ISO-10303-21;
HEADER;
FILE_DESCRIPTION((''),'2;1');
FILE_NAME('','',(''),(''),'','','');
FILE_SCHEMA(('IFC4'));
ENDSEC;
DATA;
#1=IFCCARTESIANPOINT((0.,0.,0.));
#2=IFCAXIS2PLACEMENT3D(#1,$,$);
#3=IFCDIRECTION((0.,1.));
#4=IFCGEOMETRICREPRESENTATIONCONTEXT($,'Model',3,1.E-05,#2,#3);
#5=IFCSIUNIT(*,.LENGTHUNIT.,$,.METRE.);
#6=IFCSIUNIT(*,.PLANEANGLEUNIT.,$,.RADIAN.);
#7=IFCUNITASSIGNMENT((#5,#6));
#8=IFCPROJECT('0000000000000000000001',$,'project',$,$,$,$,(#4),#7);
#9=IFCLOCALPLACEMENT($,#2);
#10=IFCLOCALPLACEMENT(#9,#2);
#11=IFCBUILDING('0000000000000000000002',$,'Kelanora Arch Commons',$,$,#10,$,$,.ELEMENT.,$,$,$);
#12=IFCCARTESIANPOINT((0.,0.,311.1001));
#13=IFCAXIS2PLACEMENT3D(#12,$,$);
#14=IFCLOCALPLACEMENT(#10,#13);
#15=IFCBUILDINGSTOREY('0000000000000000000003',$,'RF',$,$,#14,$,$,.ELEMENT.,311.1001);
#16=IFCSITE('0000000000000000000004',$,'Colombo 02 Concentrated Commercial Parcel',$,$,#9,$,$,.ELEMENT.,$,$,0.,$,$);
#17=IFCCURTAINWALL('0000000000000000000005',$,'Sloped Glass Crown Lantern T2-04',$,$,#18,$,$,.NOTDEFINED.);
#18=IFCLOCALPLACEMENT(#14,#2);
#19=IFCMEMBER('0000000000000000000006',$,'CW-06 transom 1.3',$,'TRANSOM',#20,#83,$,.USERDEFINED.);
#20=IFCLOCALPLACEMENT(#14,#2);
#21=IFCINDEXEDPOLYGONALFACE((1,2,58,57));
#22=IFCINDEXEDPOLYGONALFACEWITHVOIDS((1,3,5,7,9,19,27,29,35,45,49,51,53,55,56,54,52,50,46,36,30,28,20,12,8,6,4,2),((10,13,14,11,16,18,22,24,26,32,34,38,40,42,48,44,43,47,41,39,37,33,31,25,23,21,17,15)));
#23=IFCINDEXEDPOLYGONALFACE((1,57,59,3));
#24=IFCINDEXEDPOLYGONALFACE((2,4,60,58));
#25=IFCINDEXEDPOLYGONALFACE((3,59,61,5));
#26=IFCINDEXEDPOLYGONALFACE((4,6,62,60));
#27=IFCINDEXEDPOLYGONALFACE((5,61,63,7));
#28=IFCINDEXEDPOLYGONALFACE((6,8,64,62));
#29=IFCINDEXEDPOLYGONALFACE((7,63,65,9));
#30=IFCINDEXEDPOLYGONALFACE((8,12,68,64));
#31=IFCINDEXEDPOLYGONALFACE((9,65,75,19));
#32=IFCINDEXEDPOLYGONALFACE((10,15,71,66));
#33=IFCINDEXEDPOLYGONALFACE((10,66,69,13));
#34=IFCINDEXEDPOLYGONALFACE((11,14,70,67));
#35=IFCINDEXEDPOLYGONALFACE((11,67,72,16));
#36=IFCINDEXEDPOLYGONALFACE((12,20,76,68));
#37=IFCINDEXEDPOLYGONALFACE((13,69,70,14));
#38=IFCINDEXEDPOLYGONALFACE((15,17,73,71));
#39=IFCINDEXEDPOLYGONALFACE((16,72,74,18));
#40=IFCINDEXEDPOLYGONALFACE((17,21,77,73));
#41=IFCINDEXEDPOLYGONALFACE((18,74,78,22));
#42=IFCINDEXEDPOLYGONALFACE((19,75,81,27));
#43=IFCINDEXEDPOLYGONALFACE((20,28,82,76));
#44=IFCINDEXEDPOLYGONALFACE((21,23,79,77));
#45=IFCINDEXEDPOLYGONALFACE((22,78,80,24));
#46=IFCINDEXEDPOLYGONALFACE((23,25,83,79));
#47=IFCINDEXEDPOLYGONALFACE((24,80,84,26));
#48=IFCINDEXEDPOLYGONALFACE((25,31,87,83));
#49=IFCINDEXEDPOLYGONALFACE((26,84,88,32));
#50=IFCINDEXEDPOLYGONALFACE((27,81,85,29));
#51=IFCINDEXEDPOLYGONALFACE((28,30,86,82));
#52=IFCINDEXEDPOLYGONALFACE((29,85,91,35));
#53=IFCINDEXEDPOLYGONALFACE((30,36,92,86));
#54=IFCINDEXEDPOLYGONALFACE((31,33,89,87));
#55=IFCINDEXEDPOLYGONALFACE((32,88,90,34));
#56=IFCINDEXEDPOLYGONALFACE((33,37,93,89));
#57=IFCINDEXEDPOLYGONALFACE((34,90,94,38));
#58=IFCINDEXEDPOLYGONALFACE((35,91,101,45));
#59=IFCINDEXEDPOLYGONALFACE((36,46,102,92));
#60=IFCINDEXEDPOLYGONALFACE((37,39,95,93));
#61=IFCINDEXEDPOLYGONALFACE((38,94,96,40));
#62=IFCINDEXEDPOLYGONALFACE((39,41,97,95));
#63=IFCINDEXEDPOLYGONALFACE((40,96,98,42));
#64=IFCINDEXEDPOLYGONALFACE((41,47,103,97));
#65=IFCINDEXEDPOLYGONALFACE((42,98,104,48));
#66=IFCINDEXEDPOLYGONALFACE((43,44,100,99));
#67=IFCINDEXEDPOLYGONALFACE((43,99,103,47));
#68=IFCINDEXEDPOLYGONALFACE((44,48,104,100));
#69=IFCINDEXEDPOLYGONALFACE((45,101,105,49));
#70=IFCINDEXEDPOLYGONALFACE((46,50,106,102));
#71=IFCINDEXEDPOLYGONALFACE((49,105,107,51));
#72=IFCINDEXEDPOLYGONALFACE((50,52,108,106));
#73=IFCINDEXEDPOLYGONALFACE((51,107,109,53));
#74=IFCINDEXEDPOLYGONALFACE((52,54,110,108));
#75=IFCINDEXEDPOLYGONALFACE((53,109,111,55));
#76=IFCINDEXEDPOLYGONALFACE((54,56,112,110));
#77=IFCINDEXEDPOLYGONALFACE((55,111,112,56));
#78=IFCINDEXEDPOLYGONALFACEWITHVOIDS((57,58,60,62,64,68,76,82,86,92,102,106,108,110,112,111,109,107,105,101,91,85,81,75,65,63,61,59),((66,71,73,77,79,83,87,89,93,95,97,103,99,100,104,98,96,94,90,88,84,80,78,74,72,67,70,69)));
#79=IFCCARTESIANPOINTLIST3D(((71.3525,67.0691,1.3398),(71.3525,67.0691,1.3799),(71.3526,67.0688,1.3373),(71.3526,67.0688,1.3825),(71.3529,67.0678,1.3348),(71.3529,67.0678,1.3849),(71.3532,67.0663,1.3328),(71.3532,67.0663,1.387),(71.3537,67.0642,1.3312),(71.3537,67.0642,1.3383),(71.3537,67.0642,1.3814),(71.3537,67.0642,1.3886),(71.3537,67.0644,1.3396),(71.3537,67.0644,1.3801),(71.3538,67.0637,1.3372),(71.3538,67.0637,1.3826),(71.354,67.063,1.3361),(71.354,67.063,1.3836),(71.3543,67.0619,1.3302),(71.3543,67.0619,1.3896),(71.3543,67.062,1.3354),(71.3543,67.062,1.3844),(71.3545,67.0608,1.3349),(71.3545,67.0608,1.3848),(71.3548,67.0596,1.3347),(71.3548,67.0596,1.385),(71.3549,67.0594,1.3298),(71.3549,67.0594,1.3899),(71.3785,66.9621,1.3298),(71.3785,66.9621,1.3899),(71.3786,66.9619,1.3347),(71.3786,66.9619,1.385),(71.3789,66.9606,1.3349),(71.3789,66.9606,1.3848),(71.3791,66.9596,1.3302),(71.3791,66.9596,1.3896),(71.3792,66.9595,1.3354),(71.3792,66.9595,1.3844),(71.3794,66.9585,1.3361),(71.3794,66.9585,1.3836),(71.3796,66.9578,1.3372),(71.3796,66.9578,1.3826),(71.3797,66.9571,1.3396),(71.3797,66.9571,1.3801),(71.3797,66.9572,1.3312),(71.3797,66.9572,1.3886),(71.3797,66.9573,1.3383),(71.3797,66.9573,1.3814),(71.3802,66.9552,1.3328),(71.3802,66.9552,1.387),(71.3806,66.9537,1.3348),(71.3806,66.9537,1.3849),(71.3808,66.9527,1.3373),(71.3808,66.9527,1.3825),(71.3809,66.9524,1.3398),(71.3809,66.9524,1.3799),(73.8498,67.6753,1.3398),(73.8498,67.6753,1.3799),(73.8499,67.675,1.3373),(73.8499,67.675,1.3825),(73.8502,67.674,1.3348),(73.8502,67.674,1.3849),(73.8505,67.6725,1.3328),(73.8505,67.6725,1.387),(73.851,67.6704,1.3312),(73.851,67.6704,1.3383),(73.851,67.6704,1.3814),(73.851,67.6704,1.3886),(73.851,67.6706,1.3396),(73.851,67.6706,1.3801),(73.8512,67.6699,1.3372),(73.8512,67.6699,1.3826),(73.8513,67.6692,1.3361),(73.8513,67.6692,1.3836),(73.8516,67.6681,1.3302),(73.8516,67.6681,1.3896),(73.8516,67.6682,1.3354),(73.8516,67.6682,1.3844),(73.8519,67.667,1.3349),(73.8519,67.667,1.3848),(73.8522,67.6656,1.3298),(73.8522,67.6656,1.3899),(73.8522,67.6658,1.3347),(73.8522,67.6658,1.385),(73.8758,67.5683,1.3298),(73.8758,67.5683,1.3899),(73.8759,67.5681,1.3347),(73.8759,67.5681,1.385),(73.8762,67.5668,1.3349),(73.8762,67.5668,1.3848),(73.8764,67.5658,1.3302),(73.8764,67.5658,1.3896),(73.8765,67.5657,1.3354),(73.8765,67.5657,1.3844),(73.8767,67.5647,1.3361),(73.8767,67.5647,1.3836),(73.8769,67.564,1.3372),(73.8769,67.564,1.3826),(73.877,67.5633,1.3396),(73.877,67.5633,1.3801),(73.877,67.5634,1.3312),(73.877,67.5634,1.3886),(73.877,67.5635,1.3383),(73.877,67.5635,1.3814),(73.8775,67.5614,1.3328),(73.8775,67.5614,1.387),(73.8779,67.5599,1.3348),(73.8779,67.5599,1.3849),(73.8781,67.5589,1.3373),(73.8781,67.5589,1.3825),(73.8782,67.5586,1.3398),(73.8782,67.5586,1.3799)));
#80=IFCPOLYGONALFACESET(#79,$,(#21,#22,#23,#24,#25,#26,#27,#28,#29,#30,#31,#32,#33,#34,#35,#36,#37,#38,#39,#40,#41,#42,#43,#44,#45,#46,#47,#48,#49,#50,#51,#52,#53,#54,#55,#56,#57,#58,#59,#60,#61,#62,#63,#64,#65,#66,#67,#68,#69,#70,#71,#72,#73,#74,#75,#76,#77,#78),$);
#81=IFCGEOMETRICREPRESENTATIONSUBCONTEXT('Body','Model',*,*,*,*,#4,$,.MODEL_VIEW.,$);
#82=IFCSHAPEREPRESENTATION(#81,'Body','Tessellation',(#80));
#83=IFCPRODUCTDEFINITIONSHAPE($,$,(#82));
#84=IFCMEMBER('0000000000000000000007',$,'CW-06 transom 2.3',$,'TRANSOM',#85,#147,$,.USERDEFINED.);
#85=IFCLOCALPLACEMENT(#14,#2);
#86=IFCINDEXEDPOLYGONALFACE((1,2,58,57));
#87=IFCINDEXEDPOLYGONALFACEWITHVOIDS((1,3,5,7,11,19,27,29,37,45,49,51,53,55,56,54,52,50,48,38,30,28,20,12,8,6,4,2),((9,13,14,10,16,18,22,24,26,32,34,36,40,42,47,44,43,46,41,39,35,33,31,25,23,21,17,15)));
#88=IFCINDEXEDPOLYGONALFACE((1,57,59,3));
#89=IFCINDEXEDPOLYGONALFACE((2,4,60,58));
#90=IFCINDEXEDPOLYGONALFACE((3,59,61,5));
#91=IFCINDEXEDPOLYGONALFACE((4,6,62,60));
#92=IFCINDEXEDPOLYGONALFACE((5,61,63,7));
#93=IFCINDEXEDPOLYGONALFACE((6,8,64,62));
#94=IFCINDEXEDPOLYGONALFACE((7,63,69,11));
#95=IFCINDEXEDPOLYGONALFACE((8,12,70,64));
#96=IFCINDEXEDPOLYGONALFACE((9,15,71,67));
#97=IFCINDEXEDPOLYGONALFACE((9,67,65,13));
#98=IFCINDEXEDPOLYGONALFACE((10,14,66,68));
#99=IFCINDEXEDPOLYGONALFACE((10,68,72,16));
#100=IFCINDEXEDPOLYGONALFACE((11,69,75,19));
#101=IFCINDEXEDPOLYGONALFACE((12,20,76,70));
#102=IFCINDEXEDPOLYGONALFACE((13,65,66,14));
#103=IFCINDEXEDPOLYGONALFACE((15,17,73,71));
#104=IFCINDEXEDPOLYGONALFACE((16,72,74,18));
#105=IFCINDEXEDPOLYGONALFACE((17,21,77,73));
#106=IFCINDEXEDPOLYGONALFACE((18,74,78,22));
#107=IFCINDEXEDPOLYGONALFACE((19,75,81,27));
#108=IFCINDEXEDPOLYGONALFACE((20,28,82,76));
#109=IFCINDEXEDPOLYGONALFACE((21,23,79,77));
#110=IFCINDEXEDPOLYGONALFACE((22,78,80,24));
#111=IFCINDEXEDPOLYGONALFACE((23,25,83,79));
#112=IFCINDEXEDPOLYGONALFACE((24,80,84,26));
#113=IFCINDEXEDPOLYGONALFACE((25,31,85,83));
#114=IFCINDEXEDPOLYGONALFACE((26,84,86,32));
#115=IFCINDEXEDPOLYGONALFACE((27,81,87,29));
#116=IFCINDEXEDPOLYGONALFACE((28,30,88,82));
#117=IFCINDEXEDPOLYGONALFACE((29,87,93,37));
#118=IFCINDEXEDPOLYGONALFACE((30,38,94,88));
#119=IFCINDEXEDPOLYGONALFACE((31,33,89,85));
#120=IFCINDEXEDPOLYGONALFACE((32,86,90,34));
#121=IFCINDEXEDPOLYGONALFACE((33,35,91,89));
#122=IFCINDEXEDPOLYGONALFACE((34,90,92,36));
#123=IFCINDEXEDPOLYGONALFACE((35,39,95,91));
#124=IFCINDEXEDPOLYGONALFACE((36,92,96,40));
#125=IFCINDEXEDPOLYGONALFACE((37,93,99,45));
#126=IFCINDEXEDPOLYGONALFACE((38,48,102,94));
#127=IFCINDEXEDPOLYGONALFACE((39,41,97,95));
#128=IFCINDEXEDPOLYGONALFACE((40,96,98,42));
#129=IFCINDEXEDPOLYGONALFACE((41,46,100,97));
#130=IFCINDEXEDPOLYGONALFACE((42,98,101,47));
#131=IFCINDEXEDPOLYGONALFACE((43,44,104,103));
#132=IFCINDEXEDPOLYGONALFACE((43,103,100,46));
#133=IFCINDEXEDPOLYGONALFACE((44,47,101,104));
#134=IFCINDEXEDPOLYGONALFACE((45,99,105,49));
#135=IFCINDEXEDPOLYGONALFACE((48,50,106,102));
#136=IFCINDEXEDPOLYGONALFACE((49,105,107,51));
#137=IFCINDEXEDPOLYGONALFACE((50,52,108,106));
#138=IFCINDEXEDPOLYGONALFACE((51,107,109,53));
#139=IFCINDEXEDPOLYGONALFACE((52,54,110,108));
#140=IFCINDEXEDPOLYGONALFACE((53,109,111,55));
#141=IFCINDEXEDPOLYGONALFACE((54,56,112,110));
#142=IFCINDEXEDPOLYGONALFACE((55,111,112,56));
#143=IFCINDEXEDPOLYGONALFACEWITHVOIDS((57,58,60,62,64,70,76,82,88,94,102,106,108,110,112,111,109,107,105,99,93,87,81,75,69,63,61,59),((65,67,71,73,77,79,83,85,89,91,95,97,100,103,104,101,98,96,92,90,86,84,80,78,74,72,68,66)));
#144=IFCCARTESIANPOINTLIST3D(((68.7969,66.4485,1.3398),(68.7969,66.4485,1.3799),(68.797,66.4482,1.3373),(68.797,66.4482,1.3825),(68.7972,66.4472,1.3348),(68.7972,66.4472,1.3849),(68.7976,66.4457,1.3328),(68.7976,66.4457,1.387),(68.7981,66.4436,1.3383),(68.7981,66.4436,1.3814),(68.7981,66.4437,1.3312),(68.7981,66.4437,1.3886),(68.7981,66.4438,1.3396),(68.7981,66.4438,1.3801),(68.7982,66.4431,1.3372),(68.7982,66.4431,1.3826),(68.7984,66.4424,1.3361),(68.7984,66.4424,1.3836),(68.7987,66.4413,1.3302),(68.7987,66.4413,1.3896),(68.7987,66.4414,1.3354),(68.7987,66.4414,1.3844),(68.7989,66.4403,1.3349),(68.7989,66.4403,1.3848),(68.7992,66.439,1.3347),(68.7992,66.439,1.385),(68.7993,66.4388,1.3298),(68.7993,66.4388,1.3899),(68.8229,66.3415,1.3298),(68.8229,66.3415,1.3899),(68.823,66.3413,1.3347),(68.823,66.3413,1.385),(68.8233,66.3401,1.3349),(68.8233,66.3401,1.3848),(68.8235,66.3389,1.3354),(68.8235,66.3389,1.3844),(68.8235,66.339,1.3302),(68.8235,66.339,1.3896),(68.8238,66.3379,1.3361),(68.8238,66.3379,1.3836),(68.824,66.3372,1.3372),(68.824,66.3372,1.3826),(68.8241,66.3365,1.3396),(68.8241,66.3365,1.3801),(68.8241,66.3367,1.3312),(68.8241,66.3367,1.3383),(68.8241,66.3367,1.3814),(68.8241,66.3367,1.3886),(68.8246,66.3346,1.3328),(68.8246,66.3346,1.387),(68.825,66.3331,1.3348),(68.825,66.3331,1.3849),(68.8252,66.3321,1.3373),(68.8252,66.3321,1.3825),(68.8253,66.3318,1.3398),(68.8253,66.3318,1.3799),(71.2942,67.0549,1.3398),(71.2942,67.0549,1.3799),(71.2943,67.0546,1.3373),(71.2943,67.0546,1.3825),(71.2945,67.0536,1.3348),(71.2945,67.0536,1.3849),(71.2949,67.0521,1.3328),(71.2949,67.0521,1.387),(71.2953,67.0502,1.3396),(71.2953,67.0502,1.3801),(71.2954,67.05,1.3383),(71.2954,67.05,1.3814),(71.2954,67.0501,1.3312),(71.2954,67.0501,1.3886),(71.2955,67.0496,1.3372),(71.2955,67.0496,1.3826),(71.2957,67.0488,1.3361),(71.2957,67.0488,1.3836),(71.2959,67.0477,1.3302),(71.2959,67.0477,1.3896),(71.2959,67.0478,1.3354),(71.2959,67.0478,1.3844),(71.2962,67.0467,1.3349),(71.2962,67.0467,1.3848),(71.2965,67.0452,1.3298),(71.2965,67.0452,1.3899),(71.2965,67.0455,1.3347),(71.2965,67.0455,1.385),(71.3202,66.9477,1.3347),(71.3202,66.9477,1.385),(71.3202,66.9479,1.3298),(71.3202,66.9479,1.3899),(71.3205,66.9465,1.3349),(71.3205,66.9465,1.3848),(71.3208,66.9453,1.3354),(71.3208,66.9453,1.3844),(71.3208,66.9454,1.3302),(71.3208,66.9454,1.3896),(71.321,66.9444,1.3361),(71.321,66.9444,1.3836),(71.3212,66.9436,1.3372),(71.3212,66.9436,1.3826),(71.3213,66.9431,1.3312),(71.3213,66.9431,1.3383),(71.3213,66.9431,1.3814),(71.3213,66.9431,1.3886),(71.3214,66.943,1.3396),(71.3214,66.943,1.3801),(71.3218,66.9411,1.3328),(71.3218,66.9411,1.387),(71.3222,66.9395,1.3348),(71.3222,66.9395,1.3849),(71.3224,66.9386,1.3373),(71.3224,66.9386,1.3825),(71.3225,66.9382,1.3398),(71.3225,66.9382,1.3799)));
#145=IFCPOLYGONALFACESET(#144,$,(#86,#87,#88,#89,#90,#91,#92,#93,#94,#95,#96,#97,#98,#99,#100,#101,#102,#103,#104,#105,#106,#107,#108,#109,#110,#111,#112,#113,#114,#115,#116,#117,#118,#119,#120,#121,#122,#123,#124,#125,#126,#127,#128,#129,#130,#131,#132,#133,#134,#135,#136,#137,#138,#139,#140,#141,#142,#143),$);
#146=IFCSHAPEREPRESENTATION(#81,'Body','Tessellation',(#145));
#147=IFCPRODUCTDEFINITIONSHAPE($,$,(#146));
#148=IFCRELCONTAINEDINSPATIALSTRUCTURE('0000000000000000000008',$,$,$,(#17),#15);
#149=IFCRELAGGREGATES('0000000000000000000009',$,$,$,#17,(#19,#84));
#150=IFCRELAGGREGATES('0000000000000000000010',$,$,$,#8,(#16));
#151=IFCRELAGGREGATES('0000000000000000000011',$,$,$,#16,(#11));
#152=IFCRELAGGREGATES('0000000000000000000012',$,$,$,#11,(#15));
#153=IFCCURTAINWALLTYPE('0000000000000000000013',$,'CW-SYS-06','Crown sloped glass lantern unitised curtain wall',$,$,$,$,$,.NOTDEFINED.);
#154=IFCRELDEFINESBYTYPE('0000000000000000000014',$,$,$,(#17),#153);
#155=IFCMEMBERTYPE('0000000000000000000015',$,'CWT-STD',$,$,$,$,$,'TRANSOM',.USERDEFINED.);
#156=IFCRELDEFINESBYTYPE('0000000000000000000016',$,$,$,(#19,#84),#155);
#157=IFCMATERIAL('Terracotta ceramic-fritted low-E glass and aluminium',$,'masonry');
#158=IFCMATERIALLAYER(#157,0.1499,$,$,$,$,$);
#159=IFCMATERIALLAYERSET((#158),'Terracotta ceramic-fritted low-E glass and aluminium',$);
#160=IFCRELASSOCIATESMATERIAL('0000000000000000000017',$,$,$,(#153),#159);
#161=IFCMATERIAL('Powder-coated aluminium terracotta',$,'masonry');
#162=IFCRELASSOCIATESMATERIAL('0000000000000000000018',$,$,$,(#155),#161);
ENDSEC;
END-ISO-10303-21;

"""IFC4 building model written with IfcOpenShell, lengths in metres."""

from ifc_helpers import new_model, si_unit, direction, frame, origin, origin_2d, place, context, subcontext, project, spatial, hollow_rectangle, extrude, material, layer, layer_set, material_profile, profile_set, type_object, element, aggregate, save


model = new_model("IFC4")

# Units and contexts
model_context = context("Model", 3, precision=1e-05, world=origin(), true_north=direction((0.0, 1.0)))
body_context = subcontext(model_context, "Body", "Model", "MODEL_VIEW")
ifc_project = project(units=[si_unit("LENGTHUNIT", "METRE"), si_unit("PLANEANGLEUNIT", "RADIAN")], contexts=[model_context])

# Site, building, storey
site_placement = place(None, origin())
site = spatial("IfcSite", under=ifc_project, at=site_placement, Name="Colombo 02 Concentrated Commercial Parcel", CompositionType="ELEMENT", RefElevation=0.0)
building_placement = place(site_placement, origin())
building = spatial("IfcBuilding", under=site, at=building_placement, Name="Kelanora Arch Commons", CompositionType="ELEMENT")
storey_placement = place(building_placement, frame((0.0, 0.0, 311.1001)))
storey = spatial("IfcBuildingStorey", under=building, at=storey_placement, Name="RF", CompositionType="ELEMENT", Elevation=311.1001)

# Curtain wall, members
ifc_material_1 = material(Name="Terracotta ceramic-fritted low-E glass and aluminium", Category="masonry")
ifc_layer_1 = layer(ifc_material_1, 0.1499)
ifc_layer_set_1 = layer_set([ifc_layer_1], Name="Terracotta ceramic-fritted low-E glass and aluminium")
curtain_wall_type = type_object("IfcCurtainWallType", Name="CW-SYS-06", Description="Crown sloped glass lantern unitised curtain wall", PredefinedType="NOTDEFINED", material=ifc_layer_set_1)
curtain_wall_1_placement = place(storey_placement, origin())
curtain_wall_1 = element("IfcCurtainWall", 1, at=curtain_wall_1_placement, inside=storey, type_object=curtain_wall_type, Name="Sloped Glass Crown Lantern T2-04", PredefinedType="NOTDEFINED")
ifc_material_2 = material(Name="Powder-coated aluminium terracotta", Category="masonry")
ifc_material_profile_1 = material_profile(ifc_material_2, hollow_rectangle(XDim=0.1201, YDim=0.0601, WallThickness=0.0049, InnerFilletRadius=0.0049, OuterFilletRadius=0.01, at=origin_2d()), Name="CWT120x60")
ifc_profile_set_1 = profile_set([ifc_material_profile_1], Name="Powder-coated aluminium terracotta")
member_type_1 = type_object("IfcMemberType", Name="CWT-STD", ElementType="TRANSOM", PredefinedType="USERDEFINED", material=ifc_profile_set_1)
member_1_placement = place(storey_placement, frame((73.864, 67.6169, 1.3599), z_axis=(-0.97178, -0.235891, 0.0), x_axis=(0.235891, -0.97178, 0.0)))
member_1 = element("IfcMember", 2, at=member_1_placement, type_object=member_type_1, Name="CW-06 transom 1.3", ObjectType="TRANSOM", PredefinedType="USERDEFINED", context=body_context, shape_type="SweptSolid", body=[
    extrude(hollow_rectangle(XDim=0.1201, YDim=0.0601, WallThickness=0.0049, InnerFilletRadius=0.0049, OuterFilletRadius=0.01, at=origin_2d()), origin(), (0.0, 0.0, 1.0), 2.5698),
])
member_2_placement = place(storey_placement, frame((71.3083, 66.9966, 1.3599), z_axis=(-0.971758, -0.235981, 0.0), x_axis=(0.235981, -0.971758, 0.0)))
member_2 = element("IfcMember", 3, at=member_2_placement, type_object=member_type_1, Name="CW-06 transom 2.3", ObjectType="TRANSOM", PredefinedType="USERDEFINED", context=body_context, shape_type="SweptSolid", body=[
    extrude(hollow_rectangle(XDim=0.1201, YDim=0.0601, WallThickness=0.0049, InnerFilletRadius=0.0049, OuterFilletRadius=0.01, at=origin_2d()), origin(), (0.0, 0.0, 1.0), 2.5698),
])
aggregate(curtain_wall_1, [member_1, member_2])

save(model, "model.ifc")
